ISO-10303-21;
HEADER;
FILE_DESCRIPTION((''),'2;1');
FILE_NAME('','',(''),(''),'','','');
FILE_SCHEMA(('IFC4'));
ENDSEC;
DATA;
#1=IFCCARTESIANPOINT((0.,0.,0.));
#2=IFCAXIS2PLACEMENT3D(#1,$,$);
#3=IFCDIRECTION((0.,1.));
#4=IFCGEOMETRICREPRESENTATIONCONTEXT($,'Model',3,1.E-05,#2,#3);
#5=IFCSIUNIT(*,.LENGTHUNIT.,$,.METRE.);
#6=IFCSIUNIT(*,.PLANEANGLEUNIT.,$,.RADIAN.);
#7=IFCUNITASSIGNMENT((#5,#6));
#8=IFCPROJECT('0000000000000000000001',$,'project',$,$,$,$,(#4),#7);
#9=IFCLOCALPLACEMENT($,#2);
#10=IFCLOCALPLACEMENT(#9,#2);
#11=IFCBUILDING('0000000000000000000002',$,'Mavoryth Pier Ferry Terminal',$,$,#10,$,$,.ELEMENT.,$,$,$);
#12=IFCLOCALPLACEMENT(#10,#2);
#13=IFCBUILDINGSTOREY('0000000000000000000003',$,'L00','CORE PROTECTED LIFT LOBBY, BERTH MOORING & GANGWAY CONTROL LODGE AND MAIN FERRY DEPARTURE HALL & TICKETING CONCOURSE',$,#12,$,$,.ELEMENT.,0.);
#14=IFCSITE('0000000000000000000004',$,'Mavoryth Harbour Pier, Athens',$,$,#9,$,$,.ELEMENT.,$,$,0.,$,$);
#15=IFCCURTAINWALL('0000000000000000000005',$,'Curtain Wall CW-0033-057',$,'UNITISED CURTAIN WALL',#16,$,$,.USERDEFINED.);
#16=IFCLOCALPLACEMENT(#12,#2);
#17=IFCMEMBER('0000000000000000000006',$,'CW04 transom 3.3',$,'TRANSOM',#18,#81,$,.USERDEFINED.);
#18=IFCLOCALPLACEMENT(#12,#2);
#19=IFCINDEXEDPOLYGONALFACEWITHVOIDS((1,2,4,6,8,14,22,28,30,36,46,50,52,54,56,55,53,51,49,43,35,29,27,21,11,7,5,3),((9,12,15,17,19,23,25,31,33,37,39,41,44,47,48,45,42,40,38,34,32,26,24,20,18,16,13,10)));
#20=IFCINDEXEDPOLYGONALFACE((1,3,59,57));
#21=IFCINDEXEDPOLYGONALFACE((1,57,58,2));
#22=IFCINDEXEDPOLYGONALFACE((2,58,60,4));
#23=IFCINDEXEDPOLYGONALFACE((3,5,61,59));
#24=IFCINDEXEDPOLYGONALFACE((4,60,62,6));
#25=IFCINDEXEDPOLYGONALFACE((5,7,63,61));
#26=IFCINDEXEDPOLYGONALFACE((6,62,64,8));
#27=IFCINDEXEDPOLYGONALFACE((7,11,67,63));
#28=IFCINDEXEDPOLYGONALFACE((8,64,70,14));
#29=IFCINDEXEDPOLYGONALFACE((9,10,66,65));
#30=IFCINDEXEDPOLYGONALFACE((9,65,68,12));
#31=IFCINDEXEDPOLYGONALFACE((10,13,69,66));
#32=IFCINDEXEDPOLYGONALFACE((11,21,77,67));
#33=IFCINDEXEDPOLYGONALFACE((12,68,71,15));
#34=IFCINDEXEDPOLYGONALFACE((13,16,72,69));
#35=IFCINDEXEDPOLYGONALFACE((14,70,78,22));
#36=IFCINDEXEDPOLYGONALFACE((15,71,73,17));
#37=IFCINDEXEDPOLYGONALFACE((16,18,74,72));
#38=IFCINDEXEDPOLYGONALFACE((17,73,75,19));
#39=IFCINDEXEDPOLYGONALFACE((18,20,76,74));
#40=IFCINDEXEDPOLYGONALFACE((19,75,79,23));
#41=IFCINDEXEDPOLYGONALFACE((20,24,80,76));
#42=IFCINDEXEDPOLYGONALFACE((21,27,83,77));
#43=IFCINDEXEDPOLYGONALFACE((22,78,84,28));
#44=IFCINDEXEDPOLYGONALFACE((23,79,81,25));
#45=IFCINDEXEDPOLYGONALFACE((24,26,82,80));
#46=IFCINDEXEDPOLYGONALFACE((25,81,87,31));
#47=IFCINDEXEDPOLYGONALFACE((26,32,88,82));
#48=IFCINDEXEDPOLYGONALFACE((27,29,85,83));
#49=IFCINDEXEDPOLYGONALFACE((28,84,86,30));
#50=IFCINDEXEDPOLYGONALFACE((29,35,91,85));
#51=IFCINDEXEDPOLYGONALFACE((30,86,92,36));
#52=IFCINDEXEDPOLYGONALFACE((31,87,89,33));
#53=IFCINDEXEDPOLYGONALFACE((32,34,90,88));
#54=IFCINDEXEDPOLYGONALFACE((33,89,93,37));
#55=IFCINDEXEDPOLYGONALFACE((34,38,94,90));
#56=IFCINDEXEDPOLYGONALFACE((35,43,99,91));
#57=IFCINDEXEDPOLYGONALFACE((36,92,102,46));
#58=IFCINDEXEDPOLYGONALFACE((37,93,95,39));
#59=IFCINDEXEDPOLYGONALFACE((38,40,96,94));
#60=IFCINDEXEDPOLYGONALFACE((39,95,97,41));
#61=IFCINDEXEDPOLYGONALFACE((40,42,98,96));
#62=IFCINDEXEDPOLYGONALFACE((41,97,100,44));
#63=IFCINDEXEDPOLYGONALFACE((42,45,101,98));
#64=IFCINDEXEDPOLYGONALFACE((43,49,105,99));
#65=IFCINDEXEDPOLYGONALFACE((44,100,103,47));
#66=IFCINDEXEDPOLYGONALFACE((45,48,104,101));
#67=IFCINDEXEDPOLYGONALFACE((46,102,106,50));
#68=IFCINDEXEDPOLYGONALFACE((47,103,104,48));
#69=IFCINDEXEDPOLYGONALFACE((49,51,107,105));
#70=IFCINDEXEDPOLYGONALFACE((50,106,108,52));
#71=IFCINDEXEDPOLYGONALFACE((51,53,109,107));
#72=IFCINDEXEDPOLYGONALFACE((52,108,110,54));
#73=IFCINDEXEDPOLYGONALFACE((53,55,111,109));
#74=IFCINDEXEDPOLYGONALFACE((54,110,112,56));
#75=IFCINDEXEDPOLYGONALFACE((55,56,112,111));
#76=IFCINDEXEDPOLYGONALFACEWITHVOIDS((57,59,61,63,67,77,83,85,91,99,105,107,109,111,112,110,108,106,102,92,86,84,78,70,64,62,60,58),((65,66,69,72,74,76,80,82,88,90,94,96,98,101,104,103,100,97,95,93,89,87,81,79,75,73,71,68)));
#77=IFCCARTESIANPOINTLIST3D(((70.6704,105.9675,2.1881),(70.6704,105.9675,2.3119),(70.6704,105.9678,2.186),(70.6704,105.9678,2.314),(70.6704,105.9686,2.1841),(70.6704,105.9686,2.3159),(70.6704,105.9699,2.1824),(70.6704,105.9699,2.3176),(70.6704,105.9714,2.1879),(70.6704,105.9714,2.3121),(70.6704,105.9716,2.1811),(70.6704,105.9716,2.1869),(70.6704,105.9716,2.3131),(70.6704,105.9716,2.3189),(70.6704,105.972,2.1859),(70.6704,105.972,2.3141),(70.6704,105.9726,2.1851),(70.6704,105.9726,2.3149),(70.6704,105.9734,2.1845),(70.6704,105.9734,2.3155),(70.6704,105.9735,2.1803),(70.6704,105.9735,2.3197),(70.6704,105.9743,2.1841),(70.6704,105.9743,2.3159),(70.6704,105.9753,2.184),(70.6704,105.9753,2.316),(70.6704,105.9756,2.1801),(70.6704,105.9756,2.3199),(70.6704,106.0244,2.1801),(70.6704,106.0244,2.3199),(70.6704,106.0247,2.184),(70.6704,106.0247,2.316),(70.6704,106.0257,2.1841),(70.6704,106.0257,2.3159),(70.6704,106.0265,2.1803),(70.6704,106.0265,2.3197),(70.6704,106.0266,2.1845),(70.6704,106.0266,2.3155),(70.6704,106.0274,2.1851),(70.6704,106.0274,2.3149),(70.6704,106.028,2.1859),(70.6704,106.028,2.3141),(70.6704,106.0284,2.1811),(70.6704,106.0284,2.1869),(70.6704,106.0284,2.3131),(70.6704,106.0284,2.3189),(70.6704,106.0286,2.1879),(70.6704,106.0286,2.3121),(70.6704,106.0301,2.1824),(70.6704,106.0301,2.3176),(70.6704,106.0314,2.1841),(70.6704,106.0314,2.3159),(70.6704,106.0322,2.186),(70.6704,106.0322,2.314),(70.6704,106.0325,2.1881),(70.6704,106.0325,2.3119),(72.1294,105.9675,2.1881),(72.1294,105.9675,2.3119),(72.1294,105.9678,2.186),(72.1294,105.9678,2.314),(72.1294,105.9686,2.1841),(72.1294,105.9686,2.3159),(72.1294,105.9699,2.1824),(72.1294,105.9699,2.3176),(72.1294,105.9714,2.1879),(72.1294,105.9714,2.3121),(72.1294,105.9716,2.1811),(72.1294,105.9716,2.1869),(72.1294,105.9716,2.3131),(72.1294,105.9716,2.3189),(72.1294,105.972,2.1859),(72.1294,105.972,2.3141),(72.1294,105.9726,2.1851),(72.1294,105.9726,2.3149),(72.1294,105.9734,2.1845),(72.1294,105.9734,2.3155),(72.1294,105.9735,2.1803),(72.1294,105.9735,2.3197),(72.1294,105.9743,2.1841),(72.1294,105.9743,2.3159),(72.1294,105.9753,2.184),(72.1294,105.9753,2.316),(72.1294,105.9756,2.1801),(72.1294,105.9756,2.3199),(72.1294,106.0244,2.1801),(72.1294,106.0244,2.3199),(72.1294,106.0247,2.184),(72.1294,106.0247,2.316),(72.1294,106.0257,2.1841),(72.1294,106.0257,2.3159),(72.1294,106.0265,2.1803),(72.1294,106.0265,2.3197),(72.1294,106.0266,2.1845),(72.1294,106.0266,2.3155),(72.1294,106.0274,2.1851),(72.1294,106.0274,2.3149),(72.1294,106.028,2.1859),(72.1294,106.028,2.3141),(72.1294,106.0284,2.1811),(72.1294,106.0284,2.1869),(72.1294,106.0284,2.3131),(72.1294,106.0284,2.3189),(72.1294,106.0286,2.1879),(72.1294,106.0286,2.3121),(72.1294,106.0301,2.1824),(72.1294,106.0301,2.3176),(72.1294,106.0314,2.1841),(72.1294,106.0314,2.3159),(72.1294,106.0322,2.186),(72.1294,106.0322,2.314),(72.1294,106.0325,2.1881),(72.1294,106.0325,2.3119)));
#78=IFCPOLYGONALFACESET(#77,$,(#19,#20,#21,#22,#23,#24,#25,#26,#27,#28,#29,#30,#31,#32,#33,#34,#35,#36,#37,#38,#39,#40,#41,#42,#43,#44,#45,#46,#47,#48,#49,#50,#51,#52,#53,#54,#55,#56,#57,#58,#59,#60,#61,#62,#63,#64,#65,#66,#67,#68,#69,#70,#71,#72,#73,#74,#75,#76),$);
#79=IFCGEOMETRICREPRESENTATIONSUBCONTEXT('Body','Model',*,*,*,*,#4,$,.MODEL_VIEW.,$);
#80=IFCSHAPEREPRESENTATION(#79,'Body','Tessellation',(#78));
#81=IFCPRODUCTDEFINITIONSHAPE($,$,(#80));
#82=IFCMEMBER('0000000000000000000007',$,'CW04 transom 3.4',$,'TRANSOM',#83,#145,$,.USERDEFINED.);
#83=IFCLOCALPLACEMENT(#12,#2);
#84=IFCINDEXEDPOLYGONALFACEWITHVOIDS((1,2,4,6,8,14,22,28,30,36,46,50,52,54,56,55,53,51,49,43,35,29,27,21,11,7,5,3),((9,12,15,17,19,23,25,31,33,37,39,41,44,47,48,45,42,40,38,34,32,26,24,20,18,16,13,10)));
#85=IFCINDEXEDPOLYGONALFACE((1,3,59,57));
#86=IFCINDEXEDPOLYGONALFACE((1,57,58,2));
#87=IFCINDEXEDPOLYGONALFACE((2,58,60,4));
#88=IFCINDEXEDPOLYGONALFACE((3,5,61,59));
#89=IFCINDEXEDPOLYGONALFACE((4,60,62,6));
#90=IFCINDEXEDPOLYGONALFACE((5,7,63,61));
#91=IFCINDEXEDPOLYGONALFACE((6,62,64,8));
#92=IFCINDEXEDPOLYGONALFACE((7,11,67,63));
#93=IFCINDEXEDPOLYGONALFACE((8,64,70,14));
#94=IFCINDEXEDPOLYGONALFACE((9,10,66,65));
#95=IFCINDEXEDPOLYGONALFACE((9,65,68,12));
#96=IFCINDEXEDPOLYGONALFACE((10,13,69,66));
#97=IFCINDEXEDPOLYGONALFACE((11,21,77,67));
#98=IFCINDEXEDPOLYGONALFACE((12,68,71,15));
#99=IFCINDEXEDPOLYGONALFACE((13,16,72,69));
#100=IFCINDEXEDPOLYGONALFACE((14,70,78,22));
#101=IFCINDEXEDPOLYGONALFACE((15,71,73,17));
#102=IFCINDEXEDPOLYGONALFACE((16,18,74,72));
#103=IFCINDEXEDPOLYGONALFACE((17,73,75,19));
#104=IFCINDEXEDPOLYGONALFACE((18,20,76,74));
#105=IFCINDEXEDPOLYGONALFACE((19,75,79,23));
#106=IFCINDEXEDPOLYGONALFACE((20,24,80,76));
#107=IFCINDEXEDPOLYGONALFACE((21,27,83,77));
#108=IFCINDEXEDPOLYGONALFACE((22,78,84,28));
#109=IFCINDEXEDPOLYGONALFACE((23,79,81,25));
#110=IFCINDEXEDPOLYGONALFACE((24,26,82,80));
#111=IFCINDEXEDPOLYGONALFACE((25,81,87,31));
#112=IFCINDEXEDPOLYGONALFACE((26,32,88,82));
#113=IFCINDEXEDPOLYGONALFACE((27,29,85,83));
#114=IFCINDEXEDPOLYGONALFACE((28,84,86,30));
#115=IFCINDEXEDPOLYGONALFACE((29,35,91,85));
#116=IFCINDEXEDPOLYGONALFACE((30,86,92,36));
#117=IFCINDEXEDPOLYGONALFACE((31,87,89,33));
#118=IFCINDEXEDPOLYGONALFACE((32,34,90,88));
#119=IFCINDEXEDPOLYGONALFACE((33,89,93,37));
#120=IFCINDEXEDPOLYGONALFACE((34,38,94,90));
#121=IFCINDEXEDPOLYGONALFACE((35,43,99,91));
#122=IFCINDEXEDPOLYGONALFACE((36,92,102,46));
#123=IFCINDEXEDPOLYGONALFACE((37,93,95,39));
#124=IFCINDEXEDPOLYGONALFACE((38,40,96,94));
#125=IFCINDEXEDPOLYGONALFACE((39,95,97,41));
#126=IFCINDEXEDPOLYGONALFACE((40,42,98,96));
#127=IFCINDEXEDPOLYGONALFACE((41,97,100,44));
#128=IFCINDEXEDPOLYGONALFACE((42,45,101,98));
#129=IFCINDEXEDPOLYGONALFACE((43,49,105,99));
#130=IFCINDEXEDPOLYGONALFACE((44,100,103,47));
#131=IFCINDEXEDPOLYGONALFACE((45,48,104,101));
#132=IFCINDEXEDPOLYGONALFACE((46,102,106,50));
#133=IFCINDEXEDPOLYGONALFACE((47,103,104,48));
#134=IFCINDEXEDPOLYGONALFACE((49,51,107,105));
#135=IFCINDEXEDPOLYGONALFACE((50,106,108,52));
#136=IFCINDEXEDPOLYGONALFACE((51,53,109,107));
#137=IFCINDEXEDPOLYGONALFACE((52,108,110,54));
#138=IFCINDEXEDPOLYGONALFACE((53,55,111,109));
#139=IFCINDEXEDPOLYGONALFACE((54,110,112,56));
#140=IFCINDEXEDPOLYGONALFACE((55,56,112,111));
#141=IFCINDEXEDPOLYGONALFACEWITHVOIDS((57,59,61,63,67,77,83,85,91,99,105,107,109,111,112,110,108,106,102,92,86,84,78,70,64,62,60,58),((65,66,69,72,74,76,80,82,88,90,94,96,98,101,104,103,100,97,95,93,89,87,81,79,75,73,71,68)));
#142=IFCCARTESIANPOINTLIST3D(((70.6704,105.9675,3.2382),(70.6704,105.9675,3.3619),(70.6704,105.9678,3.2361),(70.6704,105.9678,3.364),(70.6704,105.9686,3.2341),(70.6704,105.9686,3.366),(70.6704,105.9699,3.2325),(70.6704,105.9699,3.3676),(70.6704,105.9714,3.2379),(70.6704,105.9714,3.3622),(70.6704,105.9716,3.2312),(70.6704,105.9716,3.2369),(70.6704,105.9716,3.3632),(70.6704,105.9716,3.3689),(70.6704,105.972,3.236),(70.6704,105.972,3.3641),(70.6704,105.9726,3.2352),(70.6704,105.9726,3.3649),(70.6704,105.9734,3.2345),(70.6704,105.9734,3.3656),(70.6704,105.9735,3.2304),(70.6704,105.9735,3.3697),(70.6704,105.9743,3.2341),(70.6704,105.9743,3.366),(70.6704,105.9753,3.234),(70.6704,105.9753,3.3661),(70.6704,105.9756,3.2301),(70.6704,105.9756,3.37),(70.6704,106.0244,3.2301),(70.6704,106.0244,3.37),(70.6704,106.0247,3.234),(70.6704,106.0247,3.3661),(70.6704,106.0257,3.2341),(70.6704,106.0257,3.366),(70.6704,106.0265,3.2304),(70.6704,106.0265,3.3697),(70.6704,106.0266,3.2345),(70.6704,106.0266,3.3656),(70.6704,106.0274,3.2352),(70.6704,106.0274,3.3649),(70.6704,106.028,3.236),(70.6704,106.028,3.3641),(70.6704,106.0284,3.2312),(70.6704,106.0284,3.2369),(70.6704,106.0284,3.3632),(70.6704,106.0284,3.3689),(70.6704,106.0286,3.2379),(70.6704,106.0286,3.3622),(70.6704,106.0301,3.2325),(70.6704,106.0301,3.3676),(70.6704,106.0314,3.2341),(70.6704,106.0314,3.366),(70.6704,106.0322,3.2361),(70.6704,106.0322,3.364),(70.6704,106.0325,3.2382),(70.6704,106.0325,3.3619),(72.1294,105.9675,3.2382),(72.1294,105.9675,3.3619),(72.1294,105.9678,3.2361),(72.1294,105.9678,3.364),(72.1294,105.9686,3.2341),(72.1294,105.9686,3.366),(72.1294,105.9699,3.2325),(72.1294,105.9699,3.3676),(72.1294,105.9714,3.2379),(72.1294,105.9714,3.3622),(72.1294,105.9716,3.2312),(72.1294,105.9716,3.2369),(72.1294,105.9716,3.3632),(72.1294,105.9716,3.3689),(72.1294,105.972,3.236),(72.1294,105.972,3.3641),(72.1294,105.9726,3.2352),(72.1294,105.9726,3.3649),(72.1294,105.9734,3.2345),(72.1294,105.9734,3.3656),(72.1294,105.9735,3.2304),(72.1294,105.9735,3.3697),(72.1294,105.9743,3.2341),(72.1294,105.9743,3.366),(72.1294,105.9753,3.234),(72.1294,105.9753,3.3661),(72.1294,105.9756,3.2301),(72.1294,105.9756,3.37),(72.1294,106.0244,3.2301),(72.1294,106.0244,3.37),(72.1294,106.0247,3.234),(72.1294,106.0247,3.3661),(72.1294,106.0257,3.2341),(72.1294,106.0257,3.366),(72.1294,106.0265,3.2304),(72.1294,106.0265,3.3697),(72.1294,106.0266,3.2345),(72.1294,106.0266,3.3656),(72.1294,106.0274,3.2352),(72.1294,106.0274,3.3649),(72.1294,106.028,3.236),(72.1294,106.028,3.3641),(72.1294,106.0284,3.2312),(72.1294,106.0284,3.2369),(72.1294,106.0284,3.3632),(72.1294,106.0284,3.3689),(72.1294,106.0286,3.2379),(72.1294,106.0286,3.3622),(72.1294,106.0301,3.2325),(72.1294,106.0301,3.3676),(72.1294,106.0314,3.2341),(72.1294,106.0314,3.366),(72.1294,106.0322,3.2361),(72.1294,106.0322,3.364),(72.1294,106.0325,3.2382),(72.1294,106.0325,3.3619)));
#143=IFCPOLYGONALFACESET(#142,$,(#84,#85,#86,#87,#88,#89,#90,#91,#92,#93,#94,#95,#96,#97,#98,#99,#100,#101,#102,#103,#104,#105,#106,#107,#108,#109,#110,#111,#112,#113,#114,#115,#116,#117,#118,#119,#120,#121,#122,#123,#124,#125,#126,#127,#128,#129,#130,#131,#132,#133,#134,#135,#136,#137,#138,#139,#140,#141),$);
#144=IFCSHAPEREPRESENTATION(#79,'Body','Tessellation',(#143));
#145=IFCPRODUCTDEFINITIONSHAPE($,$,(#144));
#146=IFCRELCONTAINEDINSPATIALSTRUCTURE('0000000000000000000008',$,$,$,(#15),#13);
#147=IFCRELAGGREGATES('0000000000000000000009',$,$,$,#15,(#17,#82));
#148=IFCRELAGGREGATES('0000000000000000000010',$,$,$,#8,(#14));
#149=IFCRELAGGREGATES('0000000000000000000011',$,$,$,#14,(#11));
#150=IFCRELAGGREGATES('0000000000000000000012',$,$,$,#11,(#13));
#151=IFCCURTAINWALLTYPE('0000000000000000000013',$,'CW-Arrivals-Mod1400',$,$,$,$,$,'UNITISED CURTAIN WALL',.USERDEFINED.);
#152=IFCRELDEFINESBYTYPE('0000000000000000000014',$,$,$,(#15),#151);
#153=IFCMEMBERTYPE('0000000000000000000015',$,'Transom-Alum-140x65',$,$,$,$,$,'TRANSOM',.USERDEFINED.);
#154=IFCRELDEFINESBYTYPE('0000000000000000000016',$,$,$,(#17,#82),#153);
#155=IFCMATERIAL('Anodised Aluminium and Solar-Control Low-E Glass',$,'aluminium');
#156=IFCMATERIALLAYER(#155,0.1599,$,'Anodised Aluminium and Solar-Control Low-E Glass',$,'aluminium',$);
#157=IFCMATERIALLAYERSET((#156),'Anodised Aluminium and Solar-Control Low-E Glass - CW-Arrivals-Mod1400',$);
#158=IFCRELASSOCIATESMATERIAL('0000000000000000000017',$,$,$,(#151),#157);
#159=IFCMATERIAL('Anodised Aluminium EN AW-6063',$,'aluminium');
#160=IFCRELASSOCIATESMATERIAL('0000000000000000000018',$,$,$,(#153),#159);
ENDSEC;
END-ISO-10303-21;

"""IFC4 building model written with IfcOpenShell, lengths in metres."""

from ifc_helpers import new_model, si_unit, direction, frame, origin, origin_2d, place, context, subcontext, project, spatial, hollow_rectangle, extrude, material, layer, layer_set, material_profile, profile_set, type_object, element, aggregate, save


model = new_model("IFC4")

# Units and contexts
model_context = context("Model", 3, precision=1e-05, world=origin(), true_north=direction((0.0, 1.0)))
body_context = subcontext(model_context, "Body", "Model", "MODEL_VIEW")
ifc_project = project(units=[si_unit("LENGTHUNIT", "METRE"), si_unit("PLANEANGLEUNIT", "RADIAN")], contexts=[model_context])

# Site, building, storey
site_placement = place(None, origin())
site = spatial("IfcSite", under=ifc_project, at=site_placement, Name="Mavoryth Harbour Pier, Athens", CompositionType="ELEMENT", RefElevation=0.0)
building_placement = place(site_placement, origin())
building = spatial("IfcBuilding", under=site, at=building_placement, Name="Mavoryth Pier Ferry Terminal", CompositionType="ELEMENT")
storey_placement = place(building_placement, origin())
storey = spatial("IfcBuildingStorey", under=building, at=storey_placement, Name="L00", Description="CORE PROTECTED LIFT LOBBY, BERTH MOORING & GANGWAY CONTROL LODGE AND MAIN FERRY DEPARTURE HALL & TICKETING CONCOURSE", CompositionType="ELEMENT", Elevation=0.0)

# Curtain wall, members
ifc_material_1 = material(Name="Anodised Aluminium and Solar-Control Low-E Glass", Category="aluminium")
ifc_layer_1 = layer(ifc_material_1, 0.1599, Name="Anodised Aluminium and Solar-Control Low-E Glass", Category="aluminium")
ifc_layer_set_1 = layer_set([ifc_layer_1], Name="Anodised Aluminium and Solar-Control Low-E Glass - CW-Arrivals-Mod1400")
curtain_wall_type = type_object("IfcCurtainWallType", Name="CW-Arrivals-Mod1400", ElementType="UNITISED CURTAIN WALL", PredefinedType="USERDEFINED", material=ifc_layer_set_1)
curtain_wall_placement = place(storey_placement, origin())
curtain_wall = element("IfcCurtainWall", 1, at=curtain_wall_placement, inside=storey, type_object=curtain_wall_type, Name="Curtain Wall CW-0033-057", ObjectType="UNITISED CURTAIN WALL", PredefinedType="USERDEFINED")
ifc_material_2 = material(Name="Anodised Aluminium EN AW-6063", Category="aluminium")
ifc_material_profile_1 = material_profile(ifc_material_2, hollow_rectangle(XDim=0.0649, YDim=0.1399, WallThickness=0.0039, InnerFilletRadius=0.0039, OuterFilletRadius=0.0081, at=origin_2d()), Name="AL-TRAN 140x65x4", Category="aluminium")
ifc_profile_set_1 = profile_set([ifc_material_profile_1], Name="Anodised Aluminium EN AW-6063 - AL-TRAN 140x65x4")
member_type_1 = type_object("IfcMemberType", Name="Transom-Alum-140x65", ElementType="TRANSOM", PredefinedType="USERDEFINED", material=ifc_profile_set_1)
member_1_placement = place(storey_placement, frame((72.1294, 106.0, 2.25), z_axis=(-1.0, 0.0, 0.0), x_axis=(0.0, -1.0, 0.0)))
member_1 = element("IfcMember", 2, at=member_1_placement, type_object=member_type_1, Name="CW04 transom 3.3", ObjectType="TRANSOM", PredefinedType="USERDEFINED", context=body_context, shape_type="SweptSolid", body=[
    extrude(hollow_rectangle(XDim=0.0649, YDim=0.1399, WallThickness=0.0039, InnerFilletRadius=0.0039, OuterFilletRadius=0.0081, at=origin_2d()), origin(), (0.0, 0.0, 1.0), 1.459),
])
member_2_placement = place(storey_placement, frame((72.1294, 106.0, 3.3), z_axis=(-1.0, 0.0, 0.0), x_axis=(0.0, -1.0, 0.0)))
member_2 = element("IfcMember", 3, at=member_2_placement, type_object=member_type_1, Name="CW04 transom 3.4", ObjectType="TRANSOM", PredefinedType="USERDEFINED", context=body_context, shape_type="SweptSolid", body=[
    extrude(hollow_rectangle(XDim=0.0649, YDim=0.1399, WallThickness=0.0039, InnerFilletRadius=0.0039, OuterFilletRadius=0.0081, at=origin_2d()), origin(), (0.0, 0.0, 1.0), 1.459),
])
aggregate(curtain_wall, [member_1, member_2])

save(model, "model.ifc")
